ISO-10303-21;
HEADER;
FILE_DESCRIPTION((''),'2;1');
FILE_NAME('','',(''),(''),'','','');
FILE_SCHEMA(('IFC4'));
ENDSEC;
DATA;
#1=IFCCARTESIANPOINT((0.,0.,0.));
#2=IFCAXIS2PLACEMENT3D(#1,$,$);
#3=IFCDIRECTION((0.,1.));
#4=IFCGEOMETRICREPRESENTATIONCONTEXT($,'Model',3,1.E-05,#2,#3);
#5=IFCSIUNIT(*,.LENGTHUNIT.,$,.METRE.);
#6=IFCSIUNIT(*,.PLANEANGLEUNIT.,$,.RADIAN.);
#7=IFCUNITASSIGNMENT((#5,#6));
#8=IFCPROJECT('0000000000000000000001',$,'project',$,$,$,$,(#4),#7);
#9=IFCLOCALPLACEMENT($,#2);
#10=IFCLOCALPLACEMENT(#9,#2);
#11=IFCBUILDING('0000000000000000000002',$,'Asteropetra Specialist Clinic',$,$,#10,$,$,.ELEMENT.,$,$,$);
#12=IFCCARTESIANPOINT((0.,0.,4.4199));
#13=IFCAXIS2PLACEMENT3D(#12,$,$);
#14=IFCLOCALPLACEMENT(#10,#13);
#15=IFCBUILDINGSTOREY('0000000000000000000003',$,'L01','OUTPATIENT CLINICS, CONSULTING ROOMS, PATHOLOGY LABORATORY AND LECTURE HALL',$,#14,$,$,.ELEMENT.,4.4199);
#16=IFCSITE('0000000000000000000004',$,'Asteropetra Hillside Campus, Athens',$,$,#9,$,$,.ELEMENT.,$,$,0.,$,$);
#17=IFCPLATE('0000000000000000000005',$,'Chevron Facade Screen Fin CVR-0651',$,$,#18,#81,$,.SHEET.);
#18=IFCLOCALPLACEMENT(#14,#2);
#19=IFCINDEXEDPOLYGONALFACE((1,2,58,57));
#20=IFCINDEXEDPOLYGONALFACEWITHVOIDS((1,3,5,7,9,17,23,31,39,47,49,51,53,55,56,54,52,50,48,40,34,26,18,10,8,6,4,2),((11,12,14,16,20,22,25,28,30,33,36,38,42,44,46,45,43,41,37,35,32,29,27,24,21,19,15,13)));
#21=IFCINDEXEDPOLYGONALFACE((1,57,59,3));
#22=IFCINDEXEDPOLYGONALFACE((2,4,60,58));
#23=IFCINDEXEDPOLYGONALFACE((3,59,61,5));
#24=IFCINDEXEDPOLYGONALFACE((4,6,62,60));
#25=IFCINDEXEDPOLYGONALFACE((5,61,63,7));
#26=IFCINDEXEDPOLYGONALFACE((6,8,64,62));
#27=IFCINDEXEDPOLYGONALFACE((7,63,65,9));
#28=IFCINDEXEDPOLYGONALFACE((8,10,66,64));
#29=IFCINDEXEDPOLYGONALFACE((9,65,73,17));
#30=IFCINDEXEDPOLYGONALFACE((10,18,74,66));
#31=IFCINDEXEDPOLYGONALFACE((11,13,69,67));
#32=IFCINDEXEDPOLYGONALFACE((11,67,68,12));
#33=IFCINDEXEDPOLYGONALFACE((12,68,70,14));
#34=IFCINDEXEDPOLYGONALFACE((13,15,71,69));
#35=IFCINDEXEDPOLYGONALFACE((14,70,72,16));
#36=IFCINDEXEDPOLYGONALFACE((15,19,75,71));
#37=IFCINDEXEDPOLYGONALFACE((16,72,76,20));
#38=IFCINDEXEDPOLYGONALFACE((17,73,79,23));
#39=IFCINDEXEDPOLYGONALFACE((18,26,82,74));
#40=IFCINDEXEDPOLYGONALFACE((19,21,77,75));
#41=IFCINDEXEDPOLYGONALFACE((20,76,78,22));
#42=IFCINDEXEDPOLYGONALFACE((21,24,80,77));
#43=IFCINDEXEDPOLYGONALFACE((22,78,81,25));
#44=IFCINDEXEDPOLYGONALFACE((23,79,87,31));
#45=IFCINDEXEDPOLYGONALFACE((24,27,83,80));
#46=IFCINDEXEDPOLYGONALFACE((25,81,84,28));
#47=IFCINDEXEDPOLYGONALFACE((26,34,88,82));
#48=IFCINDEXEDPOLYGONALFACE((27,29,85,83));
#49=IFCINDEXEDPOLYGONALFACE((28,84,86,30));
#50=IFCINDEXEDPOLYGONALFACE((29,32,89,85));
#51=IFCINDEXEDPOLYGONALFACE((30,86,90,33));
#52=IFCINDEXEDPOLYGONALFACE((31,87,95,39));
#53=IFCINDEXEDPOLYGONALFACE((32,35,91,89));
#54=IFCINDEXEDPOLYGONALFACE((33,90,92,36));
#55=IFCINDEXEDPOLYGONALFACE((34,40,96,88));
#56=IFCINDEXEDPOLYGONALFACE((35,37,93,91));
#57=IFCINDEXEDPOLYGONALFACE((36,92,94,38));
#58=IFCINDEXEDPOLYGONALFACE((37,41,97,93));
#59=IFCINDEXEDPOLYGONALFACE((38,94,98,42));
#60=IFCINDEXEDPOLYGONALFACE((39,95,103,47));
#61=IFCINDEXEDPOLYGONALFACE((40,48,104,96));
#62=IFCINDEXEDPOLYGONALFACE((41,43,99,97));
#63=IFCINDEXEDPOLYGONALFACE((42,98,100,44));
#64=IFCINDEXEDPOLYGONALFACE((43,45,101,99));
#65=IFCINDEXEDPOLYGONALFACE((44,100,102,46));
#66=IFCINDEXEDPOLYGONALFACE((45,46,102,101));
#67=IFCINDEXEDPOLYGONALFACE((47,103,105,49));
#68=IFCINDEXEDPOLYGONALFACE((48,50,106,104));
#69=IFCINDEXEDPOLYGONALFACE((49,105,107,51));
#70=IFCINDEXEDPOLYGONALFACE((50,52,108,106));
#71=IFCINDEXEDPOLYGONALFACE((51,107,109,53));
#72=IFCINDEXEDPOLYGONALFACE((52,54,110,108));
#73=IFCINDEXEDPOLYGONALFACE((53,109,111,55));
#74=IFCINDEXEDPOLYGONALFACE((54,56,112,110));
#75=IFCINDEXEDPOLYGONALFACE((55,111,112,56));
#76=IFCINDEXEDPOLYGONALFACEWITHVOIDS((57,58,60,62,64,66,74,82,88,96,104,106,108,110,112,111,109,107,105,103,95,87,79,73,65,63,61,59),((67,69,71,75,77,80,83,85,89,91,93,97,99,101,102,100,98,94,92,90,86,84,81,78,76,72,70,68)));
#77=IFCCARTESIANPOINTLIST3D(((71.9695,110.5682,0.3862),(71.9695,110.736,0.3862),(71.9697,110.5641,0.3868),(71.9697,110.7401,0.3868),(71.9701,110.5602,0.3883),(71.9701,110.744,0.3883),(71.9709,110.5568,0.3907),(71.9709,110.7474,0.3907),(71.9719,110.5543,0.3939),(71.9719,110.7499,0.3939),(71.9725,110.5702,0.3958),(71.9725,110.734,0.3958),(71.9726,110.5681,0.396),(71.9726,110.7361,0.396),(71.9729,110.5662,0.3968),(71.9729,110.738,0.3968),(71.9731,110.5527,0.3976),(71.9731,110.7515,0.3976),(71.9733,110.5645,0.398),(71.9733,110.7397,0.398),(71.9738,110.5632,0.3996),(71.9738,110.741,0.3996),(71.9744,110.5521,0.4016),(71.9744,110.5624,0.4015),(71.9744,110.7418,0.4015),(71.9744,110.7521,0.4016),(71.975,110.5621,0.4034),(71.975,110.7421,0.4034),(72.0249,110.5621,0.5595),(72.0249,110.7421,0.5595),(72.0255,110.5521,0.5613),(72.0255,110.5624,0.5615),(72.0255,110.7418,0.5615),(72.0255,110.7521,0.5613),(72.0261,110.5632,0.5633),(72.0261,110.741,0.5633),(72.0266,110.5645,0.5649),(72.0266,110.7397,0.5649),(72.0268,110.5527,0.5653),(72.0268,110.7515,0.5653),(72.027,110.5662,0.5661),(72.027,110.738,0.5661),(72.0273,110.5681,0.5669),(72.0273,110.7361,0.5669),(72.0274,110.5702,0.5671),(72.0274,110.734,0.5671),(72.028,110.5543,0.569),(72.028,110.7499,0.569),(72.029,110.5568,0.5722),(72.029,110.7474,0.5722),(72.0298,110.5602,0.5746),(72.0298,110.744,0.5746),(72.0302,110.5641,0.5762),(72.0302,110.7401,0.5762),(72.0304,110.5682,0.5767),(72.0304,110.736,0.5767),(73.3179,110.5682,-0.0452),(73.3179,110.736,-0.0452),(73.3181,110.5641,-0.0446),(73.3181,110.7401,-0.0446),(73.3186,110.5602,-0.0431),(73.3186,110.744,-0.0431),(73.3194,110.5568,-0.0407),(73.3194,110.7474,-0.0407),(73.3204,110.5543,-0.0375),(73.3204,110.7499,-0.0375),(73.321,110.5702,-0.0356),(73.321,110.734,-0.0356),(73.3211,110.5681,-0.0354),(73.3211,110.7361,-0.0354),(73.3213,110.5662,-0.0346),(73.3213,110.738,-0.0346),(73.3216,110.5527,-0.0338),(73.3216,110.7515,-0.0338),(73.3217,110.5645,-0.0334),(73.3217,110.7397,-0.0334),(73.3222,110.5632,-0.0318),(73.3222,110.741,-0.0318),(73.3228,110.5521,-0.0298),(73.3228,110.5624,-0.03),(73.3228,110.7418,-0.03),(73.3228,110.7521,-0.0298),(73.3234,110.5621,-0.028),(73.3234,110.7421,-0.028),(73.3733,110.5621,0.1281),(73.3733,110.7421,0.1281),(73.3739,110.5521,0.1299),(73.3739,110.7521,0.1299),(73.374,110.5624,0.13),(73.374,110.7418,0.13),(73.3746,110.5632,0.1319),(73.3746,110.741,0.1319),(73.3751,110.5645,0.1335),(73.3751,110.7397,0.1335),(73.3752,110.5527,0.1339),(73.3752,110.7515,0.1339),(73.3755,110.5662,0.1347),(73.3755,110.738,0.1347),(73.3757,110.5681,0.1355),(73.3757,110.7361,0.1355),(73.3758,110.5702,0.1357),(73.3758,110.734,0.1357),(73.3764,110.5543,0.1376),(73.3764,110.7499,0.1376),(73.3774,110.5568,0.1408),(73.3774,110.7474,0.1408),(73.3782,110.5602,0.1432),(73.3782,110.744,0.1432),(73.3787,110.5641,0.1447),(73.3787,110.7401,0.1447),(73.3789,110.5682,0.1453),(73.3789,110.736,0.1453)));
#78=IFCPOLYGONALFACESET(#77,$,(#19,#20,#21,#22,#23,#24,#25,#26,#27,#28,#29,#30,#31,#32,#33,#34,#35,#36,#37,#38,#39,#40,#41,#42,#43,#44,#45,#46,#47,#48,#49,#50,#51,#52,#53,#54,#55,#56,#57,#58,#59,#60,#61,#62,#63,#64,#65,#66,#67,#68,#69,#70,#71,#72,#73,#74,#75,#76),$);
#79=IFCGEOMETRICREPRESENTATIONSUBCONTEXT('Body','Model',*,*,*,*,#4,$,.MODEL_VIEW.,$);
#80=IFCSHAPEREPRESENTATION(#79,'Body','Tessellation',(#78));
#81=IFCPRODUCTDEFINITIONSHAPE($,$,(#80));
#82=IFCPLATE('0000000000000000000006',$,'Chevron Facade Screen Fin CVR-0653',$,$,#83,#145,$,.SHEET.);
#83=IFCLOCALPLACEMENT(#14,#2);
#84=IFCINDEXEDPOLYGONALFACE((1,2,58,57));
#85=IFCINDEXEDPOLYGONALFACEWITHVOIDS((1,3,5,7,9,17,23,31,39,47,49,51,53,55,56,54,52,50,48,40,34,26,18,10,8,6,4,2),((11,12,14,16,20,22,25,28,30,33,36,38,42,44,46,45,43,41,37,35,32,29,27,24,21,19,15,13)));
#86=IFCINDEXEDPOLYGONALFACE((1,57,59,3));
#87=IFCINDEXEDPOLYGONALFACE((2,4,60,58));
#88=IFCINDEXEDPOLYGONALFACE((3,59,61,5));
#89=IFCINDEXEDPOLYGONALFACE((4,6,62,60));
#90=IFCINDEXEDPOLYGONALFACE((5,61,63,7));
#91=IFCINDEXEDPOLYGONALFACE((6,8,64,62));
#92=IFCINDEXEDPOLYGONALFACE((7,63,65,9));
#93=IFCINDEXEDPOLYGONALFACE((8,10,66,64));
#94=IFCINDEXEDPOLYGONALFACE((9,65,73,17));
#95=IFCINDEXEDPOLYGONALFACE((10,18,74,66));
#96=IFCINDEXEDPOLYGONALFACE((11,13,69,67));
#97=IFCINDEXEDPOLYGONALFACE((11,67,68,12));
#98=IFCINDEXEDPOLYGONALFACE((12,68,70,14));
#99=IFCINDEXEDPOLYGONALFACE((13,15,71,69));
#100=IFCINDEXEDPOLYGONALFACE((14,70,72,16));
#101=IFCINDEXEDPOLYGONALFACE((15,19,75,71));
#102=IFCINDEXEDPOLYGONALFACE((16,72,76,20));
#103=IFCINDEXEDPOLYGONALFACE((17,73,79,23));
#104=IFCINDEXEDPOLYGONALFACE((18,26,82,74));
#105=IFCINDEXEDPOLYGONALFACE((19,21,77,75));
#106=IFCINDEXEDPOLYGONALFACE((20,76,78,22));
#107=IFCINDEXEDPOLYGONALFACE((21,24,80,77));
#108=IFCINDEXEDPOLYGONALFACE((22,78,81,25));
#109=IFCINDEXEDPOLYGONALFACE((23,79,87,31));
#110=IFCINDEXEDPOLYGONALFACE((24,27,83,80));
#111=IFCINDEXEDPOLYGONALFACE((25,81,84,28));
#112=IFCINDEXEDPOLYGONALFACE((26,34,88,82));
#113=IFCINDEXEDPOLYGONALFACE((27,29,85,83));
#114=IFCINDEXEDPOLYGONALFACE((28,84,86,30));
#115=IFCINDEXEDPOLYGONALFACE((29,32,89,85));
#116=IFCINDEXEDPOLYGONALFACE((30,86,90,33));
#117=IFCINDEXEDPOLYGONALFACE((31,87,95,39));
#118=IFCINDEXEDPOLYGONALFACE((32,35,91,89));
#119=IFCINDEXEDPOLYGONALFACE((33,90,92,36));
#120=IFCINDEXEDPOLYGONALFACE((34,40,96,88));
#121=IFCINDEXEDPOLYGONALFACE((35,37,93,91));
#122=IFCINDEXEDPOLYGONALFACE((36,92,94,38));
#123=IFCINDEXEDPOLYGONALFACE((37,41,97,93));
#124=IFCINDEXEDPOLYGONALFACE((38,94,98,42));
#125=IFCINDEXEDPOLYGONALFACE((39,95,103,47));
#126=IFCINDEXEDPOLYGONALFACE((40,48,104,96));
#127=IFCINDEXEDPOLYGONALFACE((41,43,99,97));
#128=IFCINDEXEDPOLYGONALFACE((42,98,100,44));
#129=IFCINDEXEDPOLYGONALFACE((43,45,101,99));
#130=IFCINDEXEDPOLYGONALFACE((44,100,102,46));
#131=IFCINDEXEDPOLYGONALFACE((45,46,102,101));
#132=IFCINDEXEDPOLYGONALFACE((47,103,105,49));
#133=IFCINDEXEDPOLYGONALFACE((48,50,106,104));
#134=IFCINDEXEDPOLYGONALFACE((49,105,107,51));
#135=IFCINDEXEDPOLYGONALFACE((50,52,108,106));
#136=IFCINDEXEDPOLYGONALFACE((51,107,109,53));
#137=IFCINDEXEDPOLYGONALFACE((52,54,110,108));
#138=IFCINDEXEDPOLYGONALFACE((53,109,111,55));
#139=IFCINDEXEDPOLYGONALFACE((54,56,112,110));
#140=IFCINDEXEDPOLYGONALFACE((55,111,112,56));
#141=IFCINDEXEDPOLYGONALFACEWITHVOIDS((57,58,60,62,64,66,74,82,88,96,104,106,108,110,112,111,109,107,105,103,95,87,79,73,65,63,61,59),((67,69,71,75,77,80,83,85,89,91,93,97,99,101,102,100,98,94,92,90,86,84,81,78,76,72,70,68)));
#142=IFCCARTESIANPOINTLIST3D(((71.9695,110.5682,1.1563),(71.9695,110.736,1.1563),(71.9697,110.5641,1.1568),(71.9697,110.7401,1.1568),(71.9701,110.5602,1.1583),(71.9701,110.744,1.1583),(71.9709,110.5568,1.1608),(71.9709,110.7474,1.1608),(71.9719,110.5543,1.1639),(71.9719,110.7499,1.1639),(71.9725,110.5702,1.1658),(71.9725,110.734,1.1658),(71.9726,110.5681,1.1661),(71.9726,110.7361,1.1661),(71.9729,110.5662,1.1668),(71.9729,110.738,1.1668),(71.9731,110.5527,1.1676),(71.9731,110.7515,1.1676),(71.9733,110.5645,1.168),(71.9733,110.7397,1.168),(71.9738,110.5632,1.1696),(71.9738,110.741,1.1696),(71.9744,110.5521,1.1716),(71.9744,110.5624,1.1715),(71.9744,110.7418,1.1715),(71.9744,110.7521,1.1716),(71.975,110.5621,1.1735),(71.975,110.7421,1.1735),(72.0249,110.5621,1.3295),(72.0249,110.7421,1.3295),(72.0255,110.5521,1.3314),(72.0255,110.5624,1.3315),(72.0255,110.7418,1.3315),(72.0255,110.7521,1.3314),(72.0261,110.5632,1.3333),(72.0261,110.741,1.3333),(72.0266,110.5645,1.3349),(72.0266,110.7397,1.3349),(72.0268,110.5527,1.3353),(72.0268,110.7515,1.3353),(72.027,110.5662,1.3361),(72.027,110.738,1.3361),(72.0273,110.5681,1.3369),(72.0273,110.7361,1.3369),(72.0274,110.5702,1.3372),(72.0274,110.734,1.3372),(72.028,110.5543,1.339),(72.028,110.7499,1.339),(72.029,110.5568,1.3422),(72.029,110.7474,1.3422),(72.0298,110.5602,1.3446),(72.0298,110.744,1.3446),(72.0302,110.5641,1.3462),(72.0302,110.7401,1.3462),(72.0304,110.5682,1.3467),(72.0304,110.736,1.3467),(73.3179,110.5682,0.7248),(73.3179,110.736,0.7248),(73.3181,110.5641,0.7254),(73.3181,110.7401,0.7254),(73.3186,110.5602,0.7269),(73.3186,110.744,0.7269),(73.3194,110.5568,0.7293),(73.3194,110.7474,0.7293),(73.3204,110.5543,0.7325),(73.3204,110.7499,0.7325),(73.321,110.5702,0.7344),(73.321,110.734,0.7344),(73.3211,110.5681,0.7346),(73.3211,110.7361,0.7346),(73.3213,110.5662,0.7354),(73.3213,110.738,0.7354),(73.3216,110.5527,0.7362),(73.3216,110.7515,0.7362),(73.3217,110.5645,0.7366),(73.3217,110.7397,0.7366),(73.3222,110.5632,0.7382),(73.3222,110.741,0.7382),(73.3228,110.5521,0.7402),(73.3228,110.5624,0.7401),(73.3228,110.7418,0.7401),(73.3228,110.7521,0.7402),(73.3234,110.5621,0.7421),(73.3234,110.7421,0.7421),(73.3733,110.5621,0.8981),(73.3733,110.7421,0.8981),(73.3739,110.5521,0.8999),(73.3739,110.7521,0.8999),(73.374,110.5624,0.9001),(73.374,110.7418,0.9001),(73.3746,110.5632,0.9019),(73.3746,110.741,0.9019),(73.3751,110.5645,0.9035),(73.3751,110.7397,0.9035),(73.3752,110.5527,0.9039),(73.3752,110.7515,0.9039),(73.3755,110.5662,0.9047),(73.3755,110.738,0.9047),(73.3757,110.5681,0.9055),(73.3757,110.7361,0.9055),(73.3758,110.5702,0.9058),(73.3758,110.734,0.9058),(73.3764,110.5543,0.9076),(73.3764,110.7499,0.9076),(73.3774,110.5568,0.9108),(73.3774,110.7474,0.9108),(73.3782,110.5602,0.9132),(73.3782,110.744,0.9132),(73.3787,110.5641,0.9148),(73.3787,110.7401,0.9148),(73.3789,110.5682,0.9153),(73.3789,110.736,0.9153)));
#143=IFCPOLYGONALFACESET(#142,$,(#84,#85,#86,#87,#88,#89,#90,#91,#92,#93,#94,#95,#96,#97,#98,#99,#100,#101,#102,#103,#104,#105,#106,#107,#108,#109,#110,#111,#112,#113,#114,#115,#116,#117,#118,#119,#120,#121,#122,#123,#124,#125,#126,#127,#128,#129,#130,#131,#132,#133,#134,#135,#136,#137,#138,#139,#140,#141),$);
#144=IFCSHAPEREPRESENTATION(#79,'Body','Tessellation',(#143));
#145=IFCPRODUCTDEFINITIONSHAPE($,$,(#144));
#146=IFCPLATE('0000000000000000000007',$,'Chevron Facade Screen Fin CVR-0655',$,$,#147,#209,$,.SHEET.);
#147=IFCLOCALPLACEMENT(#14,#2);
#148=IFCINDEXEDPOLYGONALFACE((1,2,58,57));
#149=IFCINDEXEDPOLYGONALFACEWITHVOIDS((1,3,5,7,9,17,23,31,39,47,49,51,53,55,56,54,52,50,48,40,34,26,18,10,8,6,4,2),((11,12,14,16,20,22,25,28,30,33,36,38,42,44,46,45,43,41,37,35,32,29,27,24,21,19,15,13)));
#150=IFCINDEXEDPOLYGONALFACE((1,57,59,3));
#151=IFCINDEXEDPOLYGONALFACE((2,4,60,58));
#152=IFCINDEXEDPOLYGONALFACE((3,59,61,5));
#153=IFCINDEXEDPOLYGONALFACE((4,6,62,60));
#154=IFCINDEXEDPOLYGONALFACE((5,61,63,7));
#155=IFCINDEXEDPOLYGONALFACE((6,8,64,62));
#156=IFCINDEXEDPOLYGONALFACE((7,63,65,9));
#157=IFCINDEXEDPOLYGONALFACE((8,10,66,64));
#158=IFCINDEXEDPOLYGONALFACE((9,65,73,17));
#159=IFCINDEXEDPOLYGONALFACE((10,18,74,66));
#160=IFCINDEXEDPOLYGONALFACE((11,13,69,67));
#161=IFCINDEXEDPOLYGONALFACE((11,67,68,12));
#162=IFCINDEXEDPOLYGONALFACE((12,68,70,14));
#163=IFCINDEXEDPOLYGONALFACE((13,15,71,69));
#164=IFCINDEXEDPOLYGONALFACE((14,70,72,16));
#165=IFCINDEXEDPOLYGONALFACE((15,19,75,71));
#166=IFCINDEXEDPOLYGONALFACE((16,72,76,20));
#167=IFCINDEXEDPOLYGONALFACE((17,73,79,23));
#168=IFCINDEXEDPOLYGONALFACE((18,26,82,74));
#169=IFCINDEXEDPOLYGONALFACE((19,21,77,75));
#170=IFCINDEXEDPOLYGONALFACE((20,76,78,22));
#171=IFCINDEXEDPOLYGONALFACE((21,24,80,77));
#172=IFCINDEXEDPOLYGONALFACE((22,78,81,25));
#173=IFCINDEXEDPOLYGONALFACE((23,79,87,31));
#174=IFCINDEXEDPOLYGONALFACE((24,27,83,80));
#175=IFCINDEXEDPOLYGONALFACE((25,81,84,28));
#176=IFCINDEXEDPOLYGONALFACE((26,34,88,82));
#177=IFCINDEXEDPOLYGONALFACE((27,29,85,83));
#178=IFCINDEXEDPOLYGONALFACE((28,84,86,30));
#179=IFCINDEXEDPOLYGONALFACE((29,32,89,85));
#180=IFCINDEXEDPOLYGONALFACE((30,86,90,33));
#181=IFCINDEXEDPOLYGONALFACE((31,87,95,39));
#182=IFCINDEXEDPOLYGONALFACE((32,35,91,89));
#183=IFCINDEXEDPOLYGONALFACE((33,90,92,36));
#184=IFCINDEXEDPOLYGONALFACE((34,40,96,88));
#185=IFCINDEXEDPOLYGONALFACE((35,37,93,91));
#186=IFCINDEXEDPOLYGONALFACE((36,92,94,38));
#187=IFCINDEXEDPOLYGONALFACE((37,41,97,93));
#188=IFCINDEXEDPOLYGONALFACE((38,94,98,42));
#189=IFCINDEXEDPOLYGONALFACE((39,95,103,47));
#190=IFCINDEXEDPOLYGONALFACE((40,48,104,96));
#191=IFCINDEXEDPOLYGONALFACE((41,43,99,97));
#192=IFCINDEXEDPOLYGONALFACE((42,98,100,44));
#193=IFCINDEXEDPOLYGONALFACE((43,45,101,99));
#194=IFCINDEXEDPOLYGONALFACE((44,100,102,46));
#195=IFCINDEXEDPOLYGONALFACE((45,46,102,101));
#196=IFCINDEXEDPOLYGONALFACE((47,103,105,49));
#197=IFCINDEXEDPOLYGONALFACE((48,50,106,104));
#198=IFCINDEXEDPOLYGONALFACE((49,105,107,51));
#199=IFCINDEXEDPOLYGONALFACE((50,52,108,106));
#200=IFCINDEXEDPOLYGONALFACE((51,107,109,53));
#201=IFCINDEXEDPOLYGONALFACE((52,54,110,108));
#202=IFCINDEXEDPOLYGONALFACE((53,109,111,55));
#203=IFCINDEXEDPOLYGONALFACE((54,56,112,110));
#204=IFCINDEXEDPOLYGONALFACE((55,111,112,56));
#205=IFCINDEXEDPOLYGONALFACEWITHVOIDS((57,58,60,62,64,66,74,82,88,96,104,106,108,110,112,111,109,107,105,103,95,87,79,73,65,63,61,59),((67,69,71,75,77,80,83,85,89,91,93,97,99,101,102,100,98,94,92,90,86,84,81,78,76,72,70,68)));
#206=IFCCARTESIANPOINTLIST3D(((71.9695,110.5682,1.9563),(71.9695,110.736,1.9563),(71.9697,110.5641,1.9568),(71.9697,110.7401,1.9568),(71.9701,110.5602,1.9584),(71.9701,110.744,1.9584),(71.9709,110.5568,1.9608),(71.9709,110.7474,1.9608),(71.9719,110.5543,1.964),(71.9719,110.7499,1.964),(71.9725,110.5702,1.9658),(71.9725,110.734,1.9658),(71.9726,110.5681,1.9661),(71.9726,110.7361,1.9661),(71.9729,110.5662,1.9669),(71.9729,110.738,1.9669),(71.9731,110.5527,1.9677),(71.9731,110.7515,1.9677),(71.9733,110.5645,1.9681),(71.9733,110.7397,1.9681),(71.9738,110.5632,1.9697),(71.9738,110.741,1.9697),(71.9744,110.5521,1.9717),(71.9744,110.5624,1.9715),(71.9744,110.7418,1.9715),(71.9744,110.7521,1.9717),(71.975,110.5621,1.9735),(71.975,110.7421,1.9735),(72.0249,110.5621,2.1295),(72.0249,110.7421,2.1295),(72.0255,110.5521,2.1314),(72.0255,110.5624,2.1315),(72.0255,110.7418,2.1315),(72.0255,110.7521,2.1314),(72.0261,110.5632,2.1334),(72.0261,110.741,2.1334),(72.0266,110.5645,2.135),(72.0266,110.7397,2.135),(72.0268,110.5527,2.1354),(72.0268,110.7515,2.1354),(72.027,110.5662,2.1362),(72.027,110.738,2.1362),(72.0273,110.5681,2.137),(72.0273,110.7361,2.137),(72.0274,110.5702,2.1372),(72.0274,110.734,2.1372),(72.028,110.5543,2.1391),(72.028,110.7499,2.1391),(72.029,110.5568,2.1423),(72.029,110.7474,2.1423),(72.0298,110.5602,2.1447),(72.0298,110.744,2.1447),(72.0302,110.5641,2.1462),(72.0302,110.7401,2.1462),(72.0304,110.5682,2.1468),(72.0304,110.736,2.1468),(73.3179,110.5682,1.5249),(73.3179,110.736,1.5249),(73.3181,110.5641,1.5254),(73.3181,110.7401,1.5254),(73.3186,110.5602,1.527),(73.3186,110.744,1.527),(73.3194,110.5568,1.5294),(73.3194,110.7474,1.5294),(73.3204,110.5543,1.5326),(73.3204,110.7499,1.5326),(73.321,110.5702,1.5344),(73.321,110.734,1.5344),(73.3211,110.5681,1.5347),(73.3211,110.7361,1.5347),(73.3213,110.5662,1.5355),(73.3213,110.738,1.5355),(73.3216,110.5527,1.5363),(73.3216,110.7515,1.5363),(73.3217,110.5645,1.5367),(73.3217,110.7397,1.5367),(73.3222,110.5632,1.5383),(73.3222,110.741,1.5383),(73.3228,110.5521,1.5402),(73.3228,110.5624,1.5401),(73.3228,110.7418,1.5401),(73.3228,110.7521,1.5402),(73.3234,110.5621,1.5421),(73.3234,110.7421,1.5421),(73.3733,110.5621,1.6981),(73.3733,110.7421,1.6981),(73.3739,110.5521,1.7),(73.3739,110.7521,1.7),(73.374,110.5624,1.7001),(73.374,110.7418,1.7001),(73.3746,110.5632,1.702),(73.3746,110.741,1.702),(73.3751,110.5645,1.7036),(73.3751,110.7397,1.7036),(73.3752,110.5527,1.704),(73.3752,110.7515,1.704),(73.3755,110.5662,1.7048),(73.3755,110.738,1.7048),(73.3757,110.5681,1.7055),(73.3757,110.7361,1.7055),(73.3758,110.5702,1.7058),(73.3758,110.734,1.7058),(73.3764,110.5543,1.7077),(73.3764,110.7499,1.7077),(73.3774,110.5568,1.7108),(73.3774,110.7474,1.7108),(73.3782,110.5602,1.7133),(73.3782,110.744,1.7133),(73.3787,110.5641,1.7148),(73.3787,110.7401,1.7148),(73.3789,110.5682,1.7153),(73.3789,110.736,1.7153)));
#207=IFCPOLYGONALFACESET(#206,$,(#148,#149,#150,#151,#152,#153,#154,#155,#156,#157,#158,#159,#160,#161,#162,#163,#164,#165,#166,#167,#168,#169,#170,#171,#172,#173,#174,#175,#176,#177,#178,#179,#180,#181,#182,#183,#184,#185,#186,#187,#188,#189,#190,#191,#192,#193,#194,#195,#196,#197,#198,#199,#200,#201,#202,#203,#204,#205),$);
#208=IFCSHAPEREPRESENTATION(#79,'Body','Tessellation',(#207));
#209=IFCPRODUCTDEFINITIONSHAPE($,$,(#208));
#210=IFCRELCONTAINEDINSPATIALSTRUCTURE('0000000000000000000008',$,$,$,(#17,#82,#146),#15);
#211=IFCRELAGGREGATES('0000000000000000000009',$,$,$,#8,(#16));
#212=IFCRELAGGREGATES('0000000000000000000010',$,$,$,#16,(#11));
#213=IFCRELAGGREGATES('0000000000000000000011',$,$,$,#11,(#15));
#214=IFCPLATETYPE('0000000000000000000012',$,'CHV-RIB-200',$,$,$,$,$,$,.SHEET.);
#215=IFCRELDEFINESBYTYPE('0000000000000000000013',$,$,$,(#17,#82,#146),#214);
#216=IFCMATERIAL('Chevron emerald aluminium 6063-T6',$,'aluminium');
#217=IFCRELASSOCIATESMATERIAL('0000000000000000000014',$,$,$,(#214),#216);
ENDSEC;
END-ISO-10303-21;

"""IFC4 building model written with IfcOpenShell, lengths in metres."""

from ifc_helpers import new_model, si_unit, direction, frame, origin, origin_2d, place, context, subcontext, project, spatial, hollow_rectangle, extrude, material, material_profile, profile_set, type_object, element, save


model = new_model("IFC4")

# Units and contexts
model_context = context("Model", 3, precision=1e-05, world=origin(), true_north=direction((0.0, 1.0)))
body_context = subcontext(model_context, "Body", "Model", "MODEL_VIEW")
ifc_project = project(units=[si_unit("LENGTHUNIT", "METRE"), si_unit("PLANEANGLEUNIT", "RADIAN")], contexts=[model_context])

# Site, building, storey
site_placement = place(None, origin())
site = spatial("IfcSite", under=ifc_project, at=site_placement, Name="Asteropetra Hillside Campus, Athens", CompositionType="ELEMENT", RefElevation=0.0)
building_placement = place(site_placement, origin())
building = spatial("IfcBuilding", under=site, at=building_placement, Name="Asteropetra Specialist Clinic", CompositionType="ELEMENT")
storey_placement = place(building_placement, frame((0.0, 0.0, 4.4199)))
storey = spatial("IfcBuildingStorey", under=building, at=storey_placement, Name="L01", Description="OUTPATIENT CLINICS, CONSULTING ROOMS, PATHOLOGY LABORATORY AND LECTURE HALL", CompositionType="ELEMENT", Elevation=4.4199)

# Plates
ifc_material_1 = material(Name="Chevron emerald aluminium 6063-T6", Category="aluminium")
ifc_material_profile_1 = material_profile(ifc_material_1, hollow_rectangle(XDim=0.2, YDim=0.2, WallThickness=0.01, InnerFilletRadius=0.0081, OuterFilletRadius=0.0161, at=origin_2d()), Name="SHS 200x200x10.0")
ifc_profile_set_1 = profile_set([ifc_material_profile_1], Name="Chevron emerald aluminium 6063-T6")
plate_type_1 = type_object("IfcPlateType", Name="CHV-RIB-200", PredefinedType="SHEET", material=ifc_profile_set_1)
for number, where, z_axis, x_axis, name in (
    (1, (73.3484, 110.6521, 0.05), (-0.952442, 0.0, 0.304719), (0.0, -1.0, 0.0), "Chevron Facade Screen Fin CVR-0651"),
    (2, (73.3484, 110.6521, 0.8201), (-0.952442, 0.0, 0.304719), (0.0, -1.0, 0.0), "Chevron Facade Screen Fin CVR-0653"),
    (3, (73.3484, 110.6521, 1.6201), (-0.952442, 0.0, 0.304719), (0.0, -1.0, 0.0), "Chevron Facade Screen Fin CVR-0655"),
):
    element("IfcPlate", number, at=place(storey_placement, frame(where, z_axis=z_axis, x_axis=x_axis)), inside=storey, type_object=plate_type_1, Name=name, PredefinedType="SHEET", context=body_context, shape_type="SweptSolid", body=[
        extrude(hollow_rectangle(XDim=0.2, YDim=0.2, WallThickness=0.01, InnerFilletRadius=0.0081, OuterFilletRadius=0.0161, at=origin_2d()), origin(), (0.0, 0.0, 1.0), 1.4158),
    ])

save(model, "model.ifc")
